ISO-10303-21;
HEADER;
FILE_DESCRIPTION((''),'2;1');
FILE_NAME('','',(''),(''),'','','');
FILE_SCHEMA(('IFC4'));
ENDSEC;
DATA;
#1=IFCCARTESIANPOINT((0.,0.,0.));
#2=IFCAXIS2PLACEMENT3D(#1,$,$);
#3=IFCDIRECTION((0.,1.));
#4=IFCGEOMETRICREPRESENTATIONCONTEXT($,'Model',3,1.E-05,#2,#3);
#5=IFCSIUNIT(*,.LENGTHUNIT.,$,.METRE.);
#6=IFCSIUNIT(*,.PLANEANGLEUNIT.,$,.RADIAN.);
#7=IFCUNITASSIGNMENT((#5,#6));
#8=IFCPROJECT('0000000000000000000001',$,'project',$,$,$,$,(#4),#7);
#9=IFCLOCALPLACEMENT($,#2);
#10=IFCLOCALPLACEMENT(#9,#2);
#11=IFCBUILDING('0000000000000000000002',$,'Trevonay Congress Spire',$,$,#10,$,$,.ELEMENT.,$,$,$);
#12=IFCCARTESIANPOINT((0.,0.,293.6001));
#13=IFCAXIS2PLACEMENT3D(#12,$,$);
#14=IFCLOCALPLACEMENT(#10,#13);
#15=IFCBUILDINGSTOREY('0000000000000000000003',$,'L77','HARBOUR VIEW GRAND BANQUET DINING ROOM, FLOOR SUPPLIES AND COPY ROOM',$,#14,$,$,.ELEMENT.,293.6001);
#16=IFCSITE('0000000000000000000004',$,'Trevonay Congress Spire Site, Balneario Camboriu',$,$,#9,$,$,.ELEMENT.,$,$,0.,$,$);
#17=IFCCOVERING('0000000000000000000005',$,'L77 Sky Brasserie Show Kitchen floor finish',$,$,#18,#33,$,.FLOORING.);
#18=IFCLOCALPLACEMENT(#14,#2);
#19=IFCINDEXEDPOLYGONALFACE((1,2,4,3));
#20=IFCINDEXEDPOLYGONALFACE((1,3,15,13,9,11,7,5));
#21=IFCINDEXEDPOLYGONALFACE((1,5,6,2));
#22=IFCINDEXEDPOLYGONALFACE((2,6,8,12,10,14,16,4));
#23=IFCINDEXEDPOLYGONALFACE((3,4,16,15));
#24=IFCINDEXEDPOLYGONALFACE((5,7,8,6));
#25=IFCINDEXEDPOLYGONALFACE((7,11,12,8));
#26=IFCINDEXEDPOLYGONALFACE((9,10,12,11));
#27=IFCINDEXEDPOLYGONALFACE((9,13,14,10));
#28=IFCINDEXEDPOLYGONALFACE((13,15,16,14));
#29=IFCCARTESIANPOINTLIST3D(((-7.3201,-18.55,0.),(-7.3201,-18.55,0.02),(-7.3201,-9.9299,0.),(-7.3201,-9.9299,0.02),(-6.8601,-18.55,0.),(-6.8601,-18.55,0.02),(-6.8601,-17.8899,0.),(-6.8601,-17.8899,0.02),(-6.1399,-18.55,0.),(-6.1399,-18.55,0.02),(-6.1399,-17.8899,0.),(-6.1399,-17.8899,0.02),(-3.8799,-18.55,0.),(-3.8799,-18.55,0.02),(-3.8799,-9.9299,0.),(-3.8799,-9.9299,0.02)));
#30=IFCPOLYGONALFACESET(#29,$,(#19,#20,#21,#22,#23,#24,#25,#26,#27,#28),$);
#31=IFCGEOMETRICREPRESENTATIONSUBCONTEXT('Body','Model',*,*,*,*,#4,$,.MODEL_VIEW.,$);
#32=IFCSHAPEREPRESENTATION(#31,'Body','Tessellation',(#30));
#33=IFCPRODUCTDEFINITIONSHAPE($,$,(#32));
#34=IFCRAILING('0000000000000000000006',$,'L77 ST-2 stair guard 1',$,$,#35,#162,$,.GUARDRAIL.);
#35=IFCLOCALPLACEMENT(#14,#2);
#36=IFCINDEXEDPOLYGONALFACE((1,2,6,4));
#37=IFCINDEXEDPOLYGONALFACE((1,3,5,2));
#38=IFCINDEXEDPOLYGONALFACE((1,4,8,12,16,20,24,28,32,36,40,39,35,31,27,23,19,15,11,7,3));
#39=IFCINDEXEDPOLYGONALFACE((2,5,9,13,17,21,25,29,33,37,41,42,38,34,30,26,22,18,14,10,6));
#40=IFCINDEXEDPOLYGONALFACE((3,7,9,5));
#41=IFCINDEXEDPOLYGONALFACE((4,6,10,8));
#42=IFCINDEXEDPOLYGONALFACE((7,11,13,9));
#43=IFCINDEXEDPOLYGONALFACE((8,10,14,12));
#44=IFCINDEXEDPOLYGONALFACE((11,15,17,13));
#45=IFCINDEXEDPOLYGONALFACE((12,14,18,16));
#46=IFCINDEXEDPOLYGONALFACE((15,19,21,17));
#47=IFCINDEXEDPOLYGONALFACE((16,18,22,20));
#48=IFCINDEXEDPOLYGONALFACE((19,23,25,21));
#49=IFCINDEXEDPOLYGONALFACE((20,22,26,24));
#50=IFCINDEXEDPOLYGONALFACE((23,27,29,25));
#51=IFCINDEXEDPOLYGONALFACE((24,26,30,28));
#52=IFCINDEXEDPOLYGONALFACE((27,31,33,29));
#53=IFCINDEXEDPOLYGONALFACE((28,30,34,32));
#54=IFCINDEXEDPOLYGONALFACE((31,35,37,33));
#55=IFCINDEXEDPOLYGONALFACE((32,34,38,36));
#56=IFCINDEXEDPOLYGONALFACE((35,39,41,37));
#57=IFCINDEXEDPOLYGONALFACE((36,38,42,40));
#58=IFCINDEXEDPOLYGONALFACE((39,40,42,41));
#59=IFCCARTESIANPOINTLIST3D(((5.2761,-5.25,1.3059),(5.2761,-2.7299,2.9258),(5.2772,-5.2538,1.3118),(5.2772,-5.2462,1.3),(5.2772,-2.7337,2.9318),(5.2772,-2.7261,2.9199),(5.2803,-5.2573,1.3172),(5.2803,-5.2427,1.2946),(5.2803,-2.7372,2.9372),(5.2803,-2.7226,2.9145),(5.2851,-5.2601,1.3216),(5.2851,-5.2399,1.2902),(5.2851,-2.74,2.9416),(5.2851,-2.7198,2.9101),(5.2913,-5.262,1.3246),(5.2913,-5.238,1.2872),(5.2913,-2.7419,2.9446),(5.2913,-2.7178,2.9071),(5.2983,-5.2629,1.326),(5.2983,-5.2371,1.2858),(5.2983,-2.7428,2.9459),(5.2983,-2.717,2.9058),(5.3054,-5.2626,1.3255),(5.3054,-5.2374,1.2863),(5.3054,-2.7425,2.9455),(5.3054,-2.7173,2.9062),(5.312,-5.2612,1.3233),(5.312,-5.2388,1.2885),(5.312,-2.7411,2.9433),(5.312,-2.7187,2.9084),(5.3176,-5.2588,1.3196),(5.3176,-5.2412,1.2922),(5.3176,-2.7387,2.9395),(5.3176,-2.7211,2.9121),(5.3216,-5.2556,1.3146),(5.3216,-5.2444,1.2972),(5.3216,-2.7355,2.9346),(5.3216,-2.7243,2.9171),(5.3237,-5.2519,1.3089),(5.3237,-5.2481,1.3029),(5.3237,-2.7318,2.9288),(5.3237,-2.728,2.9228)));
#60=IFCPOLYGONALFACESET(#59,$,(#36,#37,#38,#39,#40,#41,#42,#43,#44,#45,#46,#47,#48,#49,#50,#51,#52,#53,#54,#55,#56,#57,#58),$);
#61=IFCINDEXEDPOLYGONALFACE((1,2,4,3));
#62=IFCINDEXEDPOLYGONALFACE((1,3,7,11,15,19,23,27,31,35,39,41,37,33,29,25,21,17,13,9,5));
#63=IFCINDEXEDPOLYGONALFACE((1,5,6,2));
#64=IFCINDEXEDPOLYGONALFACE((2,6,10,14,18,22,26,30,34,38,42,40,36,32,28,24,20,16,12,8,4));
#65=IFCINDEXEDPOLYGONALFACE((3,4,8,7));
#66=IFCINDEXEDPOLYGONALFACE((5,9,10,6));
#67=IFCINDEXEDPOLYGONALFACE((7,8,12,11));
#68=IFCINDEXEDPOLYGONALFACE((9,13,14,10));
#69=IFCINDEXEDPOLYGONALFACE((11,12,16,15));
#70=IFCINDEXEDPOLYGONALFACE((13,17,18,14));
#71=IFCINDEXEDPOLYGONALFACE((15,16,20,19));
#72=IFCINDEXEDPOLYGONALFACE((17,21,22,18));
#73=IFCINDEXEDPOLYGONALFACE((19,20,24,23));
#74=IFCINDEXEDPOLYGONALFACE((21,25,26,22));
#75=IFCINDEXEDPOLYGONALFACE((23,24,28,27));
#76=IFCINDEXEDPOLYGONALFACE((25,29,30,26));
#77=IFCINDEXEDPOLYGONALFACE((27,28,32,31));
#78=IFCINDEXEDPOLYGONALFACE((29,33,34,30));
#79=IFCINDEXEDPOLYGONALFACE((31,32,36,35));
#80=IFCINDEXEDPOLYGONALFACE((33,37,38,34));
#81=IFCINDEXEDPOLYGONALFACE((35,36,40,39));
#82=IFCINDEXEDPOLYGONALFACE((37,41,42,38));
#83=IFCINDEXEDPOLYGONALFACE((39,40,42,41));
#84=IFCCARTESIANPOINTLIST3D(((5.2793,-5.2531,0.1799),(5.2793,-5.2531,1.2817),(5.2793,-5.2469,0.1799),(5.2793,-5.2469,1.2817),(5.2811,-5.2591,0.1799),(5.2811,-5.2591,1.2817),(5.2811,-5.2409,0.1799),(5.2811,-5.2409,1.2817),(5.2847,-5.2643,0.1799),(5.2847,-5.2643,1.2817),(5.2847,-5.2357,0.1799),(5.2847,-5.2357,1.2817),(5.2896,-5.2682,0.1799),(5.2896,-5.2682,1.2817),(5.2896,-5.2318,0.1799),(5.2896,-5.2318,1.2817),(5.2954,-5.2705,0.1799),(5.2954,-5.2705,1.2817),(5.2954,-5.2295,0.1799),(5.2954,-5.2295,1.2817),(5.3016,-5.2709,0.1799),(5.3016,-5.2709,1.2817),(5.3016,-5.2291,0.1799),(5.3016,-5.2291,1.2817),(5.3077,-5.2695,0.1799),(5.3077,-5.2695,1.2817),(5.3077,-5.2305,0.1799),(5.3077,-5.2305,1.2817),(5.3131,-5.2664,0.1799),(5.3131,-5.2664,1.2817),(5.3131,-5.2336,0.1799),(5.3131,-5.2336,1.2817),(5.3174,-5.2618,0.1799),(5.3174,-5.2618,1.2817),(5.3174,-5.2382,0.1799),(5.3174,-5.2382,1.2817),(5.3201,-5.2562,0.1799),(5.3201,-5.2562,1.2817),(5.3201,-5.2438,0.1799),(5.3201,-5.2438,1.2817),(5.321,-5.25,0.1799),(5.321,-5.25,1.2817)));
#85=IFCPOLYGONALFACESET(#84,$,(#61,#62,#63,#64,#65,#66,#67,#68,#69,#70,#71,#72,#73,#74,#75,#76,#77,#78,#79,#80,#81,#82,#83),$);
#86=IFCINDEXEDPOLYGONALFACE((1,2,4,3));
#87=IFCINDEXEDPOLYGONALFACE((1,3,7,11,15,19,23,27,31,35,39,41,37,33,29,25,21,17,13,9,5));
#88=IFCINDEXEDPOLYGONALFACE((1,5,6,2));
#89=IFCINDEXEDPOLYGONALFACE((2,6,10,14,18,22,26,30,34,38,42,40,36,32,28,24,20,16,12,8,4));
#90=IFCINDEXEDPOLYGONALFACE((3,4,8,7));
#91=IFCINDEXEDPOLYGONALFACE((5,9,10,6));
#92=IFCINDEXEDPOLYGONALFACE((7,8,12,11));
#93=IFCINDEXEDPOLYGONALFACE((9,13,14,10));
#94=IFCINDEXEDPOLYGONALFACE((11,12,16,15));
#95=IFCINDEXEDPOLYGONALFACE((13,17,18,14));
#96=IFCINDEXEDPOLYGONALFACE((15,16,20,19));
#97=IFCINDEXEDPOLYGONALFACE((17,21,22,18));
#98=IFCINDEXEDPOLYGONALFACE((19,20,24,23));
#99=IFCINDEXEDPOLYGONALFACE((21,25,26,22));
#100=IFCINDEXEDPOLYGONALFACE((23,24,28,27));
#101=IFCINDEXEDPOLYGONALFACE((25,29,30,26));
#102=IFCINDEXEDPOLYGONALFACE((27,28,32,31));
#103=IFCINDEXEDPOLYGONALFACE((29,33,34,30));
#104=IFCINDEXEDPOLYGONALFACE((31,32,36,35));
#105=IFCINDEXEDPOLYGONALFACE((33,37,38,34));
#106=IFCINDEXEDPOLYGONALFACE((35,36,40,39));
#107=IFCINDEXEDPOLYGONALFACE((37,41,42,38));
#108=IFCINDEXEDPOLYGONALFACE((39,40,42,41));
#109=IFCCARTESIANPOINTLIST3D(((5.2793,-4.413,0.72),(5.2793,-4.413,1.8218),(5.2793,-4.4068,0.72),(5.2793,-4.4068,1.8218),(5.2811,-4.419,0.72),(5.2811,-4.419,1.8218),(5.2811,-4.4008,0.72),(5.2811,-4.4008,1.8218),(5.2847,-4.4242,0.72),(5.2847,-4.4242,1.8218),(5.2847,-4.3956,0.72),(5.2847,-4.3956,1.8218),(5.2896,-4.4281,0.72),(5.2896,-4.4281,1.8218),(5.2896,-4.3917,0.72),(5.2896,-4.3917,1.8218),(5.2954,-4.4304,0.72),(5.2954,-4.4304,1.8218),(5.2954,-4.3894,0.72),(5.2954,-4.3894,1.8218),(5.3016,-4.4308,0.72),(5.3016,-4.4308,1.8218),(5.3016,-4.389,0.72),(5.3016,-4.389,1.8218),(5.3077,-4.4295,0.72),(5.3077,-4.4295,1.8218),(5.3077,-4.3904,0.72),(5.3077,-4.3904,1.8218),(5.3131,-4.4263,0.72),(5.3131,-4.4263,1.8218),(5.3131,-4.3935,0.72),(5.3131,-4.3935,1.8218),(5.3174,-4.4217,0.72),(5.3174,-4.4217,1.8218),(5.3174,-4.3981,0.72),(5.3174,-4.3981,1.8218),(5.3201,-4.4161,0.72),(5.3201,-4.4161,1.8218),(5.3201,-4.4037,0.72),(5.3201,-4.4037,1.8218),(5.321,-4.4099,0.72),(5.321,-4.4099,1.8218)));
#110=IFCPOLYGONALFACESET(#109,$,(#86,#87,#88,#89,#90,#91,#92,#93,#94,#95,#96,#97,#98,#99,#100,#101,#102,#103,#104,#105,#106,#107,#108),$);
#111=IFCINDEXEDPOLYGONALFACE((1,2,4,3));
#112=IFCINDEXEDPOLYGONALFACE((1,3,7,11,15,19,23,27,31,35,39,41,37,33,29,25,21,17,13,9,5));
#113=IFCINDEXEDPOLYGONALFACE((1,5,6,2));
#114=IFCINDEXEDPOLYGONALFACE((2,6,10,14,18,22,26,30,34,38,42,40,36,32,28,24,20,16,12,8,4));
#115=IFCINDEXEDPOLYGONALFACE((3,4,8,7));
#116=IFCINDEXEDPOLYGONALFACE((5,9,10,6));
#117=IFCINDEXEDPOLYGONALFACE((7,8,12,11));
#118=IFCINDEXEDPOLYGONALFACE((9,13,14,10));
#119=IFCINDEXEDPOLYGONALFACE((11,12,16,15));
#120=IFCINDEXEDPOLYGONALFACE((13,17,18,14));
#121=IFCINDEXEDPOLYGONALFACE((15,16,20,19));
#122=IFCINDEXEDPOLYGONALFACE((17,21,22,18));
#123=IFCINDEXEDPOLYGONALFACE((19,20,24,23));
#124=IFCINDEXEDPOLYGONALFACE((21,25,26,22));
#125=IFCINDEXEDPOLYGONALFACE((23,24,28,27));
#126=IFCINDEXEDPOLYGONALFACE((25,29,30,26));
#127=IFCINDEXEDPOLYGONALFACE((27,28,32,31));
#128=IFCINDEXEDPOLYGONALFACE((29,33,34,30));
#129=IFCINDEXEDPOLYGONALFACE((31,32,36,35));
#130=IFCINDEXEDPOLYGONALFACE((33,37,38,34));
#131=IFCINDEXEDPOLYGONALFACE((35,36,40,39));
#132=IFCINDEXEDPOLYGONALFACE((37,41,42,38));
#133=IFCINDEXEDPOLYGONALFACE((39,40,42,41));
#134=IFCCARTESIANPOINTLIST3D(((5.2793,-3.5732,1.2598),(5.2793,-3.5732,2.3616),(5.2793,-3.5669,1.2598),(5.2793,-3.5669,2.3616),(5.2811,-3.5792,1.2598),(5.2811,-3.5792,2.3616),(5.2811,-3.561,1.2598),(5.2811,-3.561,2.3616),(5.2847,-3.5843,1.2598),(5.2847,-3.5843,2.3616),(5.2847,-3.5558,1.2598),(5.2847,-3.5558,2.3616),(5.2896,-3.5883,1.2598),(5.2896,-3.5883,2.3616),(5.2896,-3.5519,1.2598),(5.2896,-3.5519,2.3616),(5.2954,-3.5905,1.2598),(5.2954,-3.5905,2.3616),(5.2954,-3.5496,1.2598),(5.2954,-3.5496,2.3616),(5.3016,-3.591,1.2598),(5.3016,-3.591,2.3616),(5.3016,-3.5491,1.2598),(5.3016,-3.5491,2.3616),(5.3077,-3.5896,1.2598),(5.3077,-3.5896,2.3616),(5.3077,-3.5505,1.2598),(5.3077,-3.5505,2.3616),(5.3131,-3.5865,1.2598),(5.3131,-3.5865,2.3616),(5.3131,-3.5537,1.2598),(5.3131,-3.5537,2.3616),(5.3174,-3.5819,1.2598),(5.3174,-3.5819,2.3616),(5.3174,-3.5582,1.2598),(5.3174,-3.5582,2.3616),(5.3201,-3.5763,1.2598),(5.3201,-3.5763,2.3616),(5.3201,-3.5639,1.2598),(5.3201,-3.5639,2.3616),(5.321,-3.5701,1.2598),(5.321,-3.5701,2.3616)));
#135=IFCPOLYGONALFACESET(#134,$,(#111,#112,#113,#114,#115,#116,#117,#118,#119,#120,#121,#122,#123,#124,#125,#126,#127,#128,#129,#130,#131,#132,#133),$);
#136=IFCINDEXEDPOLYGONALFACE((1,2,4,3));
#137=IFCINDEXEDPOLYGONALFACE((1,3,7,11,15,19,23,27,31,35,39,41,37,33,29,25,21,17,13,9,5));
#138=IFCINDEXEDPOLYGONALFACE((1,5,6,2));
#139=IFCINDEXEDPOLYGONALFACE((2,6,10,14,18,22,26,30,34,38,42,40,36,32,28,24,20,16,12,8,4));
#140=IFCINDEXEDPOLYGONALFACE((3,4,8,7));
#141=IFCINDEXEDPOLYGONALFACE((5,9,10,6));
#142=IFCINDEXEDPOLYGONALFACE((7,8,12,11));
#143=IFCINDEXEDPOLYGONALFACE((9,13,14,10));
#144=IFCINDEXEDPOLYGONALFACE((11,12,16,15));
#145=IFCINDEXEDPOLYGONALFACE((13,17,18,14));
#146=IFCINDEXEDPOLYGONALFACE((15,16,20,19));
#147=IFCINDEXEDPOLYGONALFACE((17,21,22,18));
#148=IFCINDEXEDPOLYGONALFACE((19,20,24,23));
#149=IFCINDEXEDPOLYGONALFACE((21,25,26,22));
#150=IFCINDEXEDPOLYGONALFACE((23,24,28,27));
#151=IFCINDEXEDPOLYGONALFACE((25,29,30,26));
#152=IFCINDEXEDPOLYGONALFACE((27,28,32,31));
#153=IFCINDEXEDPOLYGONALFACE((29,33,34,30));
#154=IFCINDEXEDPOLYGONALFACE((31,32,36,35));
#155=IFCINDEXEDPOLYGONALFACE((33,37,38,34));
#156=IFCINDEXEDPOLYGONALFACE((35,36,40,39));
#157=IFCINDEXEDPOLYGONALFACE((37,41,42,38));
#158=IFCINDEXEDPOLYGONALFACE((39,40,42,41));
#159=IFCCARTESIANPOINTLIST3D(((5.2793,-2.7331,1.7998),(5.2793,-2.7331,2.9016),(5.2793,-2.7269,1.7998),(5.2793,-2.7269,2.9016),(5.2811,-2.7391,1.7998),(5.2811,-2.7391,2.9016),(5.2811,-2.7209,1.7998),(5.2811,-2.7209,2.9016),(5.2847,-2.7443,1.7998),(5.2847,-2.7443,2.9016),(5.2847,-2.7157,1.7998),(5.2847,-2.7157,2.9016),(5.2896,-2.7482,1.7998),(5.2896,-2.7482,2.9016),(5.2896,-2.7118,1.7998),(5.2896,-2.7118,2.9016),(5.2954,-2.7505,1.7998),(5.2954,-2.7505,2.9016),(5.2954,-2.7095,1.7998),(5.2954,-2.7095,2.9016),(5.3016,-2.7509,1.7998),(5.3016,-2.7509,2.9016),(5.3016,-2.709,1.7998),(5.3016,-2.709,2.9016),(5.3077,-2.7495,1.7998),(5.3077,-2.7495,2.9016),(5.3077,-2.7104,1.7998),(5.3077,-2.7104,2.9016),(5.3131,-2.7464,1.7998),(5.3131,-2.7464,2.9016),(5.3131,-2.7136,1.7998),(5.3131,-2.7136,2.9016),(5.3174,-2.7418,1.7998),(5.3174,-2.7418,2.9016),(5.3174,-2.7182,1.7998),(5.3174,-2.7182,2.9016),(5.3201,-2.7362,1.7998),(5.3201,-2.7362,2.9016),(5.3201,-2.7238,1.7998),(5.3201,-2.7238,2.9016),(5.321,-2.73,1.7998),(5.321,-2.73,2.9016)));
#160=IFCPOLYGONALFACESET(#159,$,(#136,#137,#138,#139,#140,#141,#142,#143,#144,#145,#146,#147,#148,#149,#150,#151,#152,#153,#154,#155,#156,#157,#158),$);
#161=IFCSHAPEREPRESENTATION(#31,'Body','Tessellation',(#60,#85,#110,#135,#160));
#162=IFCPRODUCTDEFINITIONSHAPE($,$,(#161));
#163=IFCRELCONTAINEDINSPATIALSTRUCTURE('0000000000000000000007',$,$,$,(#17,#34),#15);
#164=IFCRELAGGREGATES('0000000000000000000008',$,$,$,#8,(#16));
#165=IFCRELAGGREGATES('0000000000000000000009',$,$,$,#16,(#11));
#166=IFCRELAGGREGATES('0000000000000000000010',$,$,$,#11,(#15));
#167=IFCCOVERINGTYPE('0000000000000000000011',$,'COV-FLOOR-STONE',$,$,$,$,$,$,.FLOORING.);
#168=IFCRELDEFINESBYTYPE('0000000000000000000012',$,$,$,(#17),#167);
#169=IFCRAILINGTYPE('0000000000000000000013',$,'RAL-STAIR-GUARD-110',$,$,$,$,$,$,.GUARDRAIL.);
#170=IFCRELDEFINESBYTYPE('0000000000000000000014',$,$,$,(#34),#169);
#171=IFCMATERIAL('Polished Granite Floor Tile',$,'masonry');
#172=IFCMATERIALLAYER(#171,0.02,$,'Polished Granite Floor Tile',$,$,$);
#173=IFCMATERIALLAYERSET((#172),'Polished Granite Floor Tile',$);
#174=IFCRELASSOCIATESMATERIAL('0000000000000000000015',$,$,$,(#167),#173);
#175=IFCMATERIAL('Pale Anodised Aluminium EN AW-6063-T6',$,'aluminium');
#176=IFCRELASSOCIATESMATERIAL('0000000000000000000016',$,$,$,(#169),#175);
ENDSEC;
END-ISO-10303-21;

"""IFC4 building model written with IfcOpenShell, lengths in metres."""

from ifc_helpers import new_model, si_unit, direction, frame, origin, origin_2d, place, context, subcontext, project, spatial, polyline, circle, outline, extrude, material, layer, layer_set, type_object, element, save


model = new_model("IFC4")

# Units and contexts
model_context = context("Model", 3, precision=1e-05, world=origin(), true_north=direction((0.0, 1.0)))
body_context = subcontext(model_context, "Body", "Model", "MODEL_VIEW")
ifc_project = project(units=[si_unit("LENGTHUNIT", "METRE"), si_unit("PLANEANGLEUNIT", "RADIAN")], contexts=[model_context])

# Site, building, storey
site_placement = place(None, origin())
site = spatial("IfcSite", under=ifc_project, at=site_placement, Name="Trevonay Congress Spire Site, Balneario Camboriu", CompositionType="ELEMENT", RefElevation=0.0)
building_placement = place(site_placement, origin())
building = spatial("IfcBuilding", under=site, at=building_placement, Name="Trevonay Congress Spire", CompositionType="ELEMENT")
storey_placement = place(building_placement, frame((0.0, 0.0, 293.6001)))
storey = spatial("IfcBuildingStorey", under=building, at=storey_placement, Name="L77", Description="HARBOUR VIEW GRAND BANQUET DINING ROOM, FLOOR SUPPLIES AND COPY ROOM", CompositionType="ELEMENT", Elevation=293.6001)

# Shared definitions
ifc_material_1 = material(Name="Pale Anodised Aluminium EN AW-6063-T6", Category="aluminium")

# Covering
ifc_material_2 = material(Name="Polished Granite Floor Tile", Category="masonry")
ifc_layer_1 = layer(ifc_material_2, 0.02, Name="Polished Granite Floor Tile")
ifc_layer_set_1 = layer_set([ifc_layer_1], Name="Polished Granite Floor Tile")
covering_type_1 = type_object("IfcCoveringType", Name="COV-FLOOR-STONE", PredefinedType="FLOORING", material=ifc_layer_set_1)
covering_1_placement = place(storey_placement, origin())
element("IfcCovering", 1, at=covering_1_placement, inside=storey, type_object=covering_type_1, Name="L77 Sky Brasserie Show Kitchen floor finish", PredefinedType="FLOORING", context=body_context, shape_type="SweptSolid", body=[
    extrude(outline(polyline([(-7.3201, -18.55), (-7.3201, -9.9299), (-3.8799, -9.9299), (-3.8799, -18.55), (-6.1399, -18.55), (-6.1399, -17.8899), (-6.8601, -17.8899), (-6.8601, -18.55), (-7.3201, -18.55)])), origin(), (0.0, 0.0, 1.0), 0.02),
])

# Railing
railing_type_1 = type_object("IfcRailingType", Name="RAL-STAIR-GUARD-110", PredefinedType="GUARDRAIL", material=ifc_material_1)
railing_1_placement = place(storey_placement, frame((5.3, -5.25, 0.1799)))
element("IfcRailing", 2, at=railing_1_placement, inside=storey, type_object=railing_type_1, Name="L77 ST-2 stair guard 1", PredefinedType="GUARDRAIL", context=body_context, shape_type="SweptSolid", body=[
    extrude(circle(Radius=0.0239, at=origin_2d()), frame((0.0, 0.0, 1.126), z_axis=(0.0, 0.8412, 0.540725), x_axis=(-1.0, 0.0, 0.0)), (0.0, 0.0, 1.0), 2.9958),
    extrude(circle(Radius=0.021, at=origin_2d()), origin(), (0.0, 0.0, 1.0), 1.1018),
    extrude(circle(Radius=0.021, at=origin_2d()), frame((0.0, 0.8401, 0.54)), (0.0, 0.0, 1.0), 1.1018),
    extrude(circle(Radius=0.021, at=origin_2d()), frame((0.0, 1.6799, 1.0798)), (0.0, 0.0, 1.0), 1.1018),
    extrude(circle(Radius=0.021, at=origin_2d()), frame((0.0, 2.52, 1.6199)), (0.0, 0.0, 1.0), 1.1018),
])

save(model, "model.ifc")
